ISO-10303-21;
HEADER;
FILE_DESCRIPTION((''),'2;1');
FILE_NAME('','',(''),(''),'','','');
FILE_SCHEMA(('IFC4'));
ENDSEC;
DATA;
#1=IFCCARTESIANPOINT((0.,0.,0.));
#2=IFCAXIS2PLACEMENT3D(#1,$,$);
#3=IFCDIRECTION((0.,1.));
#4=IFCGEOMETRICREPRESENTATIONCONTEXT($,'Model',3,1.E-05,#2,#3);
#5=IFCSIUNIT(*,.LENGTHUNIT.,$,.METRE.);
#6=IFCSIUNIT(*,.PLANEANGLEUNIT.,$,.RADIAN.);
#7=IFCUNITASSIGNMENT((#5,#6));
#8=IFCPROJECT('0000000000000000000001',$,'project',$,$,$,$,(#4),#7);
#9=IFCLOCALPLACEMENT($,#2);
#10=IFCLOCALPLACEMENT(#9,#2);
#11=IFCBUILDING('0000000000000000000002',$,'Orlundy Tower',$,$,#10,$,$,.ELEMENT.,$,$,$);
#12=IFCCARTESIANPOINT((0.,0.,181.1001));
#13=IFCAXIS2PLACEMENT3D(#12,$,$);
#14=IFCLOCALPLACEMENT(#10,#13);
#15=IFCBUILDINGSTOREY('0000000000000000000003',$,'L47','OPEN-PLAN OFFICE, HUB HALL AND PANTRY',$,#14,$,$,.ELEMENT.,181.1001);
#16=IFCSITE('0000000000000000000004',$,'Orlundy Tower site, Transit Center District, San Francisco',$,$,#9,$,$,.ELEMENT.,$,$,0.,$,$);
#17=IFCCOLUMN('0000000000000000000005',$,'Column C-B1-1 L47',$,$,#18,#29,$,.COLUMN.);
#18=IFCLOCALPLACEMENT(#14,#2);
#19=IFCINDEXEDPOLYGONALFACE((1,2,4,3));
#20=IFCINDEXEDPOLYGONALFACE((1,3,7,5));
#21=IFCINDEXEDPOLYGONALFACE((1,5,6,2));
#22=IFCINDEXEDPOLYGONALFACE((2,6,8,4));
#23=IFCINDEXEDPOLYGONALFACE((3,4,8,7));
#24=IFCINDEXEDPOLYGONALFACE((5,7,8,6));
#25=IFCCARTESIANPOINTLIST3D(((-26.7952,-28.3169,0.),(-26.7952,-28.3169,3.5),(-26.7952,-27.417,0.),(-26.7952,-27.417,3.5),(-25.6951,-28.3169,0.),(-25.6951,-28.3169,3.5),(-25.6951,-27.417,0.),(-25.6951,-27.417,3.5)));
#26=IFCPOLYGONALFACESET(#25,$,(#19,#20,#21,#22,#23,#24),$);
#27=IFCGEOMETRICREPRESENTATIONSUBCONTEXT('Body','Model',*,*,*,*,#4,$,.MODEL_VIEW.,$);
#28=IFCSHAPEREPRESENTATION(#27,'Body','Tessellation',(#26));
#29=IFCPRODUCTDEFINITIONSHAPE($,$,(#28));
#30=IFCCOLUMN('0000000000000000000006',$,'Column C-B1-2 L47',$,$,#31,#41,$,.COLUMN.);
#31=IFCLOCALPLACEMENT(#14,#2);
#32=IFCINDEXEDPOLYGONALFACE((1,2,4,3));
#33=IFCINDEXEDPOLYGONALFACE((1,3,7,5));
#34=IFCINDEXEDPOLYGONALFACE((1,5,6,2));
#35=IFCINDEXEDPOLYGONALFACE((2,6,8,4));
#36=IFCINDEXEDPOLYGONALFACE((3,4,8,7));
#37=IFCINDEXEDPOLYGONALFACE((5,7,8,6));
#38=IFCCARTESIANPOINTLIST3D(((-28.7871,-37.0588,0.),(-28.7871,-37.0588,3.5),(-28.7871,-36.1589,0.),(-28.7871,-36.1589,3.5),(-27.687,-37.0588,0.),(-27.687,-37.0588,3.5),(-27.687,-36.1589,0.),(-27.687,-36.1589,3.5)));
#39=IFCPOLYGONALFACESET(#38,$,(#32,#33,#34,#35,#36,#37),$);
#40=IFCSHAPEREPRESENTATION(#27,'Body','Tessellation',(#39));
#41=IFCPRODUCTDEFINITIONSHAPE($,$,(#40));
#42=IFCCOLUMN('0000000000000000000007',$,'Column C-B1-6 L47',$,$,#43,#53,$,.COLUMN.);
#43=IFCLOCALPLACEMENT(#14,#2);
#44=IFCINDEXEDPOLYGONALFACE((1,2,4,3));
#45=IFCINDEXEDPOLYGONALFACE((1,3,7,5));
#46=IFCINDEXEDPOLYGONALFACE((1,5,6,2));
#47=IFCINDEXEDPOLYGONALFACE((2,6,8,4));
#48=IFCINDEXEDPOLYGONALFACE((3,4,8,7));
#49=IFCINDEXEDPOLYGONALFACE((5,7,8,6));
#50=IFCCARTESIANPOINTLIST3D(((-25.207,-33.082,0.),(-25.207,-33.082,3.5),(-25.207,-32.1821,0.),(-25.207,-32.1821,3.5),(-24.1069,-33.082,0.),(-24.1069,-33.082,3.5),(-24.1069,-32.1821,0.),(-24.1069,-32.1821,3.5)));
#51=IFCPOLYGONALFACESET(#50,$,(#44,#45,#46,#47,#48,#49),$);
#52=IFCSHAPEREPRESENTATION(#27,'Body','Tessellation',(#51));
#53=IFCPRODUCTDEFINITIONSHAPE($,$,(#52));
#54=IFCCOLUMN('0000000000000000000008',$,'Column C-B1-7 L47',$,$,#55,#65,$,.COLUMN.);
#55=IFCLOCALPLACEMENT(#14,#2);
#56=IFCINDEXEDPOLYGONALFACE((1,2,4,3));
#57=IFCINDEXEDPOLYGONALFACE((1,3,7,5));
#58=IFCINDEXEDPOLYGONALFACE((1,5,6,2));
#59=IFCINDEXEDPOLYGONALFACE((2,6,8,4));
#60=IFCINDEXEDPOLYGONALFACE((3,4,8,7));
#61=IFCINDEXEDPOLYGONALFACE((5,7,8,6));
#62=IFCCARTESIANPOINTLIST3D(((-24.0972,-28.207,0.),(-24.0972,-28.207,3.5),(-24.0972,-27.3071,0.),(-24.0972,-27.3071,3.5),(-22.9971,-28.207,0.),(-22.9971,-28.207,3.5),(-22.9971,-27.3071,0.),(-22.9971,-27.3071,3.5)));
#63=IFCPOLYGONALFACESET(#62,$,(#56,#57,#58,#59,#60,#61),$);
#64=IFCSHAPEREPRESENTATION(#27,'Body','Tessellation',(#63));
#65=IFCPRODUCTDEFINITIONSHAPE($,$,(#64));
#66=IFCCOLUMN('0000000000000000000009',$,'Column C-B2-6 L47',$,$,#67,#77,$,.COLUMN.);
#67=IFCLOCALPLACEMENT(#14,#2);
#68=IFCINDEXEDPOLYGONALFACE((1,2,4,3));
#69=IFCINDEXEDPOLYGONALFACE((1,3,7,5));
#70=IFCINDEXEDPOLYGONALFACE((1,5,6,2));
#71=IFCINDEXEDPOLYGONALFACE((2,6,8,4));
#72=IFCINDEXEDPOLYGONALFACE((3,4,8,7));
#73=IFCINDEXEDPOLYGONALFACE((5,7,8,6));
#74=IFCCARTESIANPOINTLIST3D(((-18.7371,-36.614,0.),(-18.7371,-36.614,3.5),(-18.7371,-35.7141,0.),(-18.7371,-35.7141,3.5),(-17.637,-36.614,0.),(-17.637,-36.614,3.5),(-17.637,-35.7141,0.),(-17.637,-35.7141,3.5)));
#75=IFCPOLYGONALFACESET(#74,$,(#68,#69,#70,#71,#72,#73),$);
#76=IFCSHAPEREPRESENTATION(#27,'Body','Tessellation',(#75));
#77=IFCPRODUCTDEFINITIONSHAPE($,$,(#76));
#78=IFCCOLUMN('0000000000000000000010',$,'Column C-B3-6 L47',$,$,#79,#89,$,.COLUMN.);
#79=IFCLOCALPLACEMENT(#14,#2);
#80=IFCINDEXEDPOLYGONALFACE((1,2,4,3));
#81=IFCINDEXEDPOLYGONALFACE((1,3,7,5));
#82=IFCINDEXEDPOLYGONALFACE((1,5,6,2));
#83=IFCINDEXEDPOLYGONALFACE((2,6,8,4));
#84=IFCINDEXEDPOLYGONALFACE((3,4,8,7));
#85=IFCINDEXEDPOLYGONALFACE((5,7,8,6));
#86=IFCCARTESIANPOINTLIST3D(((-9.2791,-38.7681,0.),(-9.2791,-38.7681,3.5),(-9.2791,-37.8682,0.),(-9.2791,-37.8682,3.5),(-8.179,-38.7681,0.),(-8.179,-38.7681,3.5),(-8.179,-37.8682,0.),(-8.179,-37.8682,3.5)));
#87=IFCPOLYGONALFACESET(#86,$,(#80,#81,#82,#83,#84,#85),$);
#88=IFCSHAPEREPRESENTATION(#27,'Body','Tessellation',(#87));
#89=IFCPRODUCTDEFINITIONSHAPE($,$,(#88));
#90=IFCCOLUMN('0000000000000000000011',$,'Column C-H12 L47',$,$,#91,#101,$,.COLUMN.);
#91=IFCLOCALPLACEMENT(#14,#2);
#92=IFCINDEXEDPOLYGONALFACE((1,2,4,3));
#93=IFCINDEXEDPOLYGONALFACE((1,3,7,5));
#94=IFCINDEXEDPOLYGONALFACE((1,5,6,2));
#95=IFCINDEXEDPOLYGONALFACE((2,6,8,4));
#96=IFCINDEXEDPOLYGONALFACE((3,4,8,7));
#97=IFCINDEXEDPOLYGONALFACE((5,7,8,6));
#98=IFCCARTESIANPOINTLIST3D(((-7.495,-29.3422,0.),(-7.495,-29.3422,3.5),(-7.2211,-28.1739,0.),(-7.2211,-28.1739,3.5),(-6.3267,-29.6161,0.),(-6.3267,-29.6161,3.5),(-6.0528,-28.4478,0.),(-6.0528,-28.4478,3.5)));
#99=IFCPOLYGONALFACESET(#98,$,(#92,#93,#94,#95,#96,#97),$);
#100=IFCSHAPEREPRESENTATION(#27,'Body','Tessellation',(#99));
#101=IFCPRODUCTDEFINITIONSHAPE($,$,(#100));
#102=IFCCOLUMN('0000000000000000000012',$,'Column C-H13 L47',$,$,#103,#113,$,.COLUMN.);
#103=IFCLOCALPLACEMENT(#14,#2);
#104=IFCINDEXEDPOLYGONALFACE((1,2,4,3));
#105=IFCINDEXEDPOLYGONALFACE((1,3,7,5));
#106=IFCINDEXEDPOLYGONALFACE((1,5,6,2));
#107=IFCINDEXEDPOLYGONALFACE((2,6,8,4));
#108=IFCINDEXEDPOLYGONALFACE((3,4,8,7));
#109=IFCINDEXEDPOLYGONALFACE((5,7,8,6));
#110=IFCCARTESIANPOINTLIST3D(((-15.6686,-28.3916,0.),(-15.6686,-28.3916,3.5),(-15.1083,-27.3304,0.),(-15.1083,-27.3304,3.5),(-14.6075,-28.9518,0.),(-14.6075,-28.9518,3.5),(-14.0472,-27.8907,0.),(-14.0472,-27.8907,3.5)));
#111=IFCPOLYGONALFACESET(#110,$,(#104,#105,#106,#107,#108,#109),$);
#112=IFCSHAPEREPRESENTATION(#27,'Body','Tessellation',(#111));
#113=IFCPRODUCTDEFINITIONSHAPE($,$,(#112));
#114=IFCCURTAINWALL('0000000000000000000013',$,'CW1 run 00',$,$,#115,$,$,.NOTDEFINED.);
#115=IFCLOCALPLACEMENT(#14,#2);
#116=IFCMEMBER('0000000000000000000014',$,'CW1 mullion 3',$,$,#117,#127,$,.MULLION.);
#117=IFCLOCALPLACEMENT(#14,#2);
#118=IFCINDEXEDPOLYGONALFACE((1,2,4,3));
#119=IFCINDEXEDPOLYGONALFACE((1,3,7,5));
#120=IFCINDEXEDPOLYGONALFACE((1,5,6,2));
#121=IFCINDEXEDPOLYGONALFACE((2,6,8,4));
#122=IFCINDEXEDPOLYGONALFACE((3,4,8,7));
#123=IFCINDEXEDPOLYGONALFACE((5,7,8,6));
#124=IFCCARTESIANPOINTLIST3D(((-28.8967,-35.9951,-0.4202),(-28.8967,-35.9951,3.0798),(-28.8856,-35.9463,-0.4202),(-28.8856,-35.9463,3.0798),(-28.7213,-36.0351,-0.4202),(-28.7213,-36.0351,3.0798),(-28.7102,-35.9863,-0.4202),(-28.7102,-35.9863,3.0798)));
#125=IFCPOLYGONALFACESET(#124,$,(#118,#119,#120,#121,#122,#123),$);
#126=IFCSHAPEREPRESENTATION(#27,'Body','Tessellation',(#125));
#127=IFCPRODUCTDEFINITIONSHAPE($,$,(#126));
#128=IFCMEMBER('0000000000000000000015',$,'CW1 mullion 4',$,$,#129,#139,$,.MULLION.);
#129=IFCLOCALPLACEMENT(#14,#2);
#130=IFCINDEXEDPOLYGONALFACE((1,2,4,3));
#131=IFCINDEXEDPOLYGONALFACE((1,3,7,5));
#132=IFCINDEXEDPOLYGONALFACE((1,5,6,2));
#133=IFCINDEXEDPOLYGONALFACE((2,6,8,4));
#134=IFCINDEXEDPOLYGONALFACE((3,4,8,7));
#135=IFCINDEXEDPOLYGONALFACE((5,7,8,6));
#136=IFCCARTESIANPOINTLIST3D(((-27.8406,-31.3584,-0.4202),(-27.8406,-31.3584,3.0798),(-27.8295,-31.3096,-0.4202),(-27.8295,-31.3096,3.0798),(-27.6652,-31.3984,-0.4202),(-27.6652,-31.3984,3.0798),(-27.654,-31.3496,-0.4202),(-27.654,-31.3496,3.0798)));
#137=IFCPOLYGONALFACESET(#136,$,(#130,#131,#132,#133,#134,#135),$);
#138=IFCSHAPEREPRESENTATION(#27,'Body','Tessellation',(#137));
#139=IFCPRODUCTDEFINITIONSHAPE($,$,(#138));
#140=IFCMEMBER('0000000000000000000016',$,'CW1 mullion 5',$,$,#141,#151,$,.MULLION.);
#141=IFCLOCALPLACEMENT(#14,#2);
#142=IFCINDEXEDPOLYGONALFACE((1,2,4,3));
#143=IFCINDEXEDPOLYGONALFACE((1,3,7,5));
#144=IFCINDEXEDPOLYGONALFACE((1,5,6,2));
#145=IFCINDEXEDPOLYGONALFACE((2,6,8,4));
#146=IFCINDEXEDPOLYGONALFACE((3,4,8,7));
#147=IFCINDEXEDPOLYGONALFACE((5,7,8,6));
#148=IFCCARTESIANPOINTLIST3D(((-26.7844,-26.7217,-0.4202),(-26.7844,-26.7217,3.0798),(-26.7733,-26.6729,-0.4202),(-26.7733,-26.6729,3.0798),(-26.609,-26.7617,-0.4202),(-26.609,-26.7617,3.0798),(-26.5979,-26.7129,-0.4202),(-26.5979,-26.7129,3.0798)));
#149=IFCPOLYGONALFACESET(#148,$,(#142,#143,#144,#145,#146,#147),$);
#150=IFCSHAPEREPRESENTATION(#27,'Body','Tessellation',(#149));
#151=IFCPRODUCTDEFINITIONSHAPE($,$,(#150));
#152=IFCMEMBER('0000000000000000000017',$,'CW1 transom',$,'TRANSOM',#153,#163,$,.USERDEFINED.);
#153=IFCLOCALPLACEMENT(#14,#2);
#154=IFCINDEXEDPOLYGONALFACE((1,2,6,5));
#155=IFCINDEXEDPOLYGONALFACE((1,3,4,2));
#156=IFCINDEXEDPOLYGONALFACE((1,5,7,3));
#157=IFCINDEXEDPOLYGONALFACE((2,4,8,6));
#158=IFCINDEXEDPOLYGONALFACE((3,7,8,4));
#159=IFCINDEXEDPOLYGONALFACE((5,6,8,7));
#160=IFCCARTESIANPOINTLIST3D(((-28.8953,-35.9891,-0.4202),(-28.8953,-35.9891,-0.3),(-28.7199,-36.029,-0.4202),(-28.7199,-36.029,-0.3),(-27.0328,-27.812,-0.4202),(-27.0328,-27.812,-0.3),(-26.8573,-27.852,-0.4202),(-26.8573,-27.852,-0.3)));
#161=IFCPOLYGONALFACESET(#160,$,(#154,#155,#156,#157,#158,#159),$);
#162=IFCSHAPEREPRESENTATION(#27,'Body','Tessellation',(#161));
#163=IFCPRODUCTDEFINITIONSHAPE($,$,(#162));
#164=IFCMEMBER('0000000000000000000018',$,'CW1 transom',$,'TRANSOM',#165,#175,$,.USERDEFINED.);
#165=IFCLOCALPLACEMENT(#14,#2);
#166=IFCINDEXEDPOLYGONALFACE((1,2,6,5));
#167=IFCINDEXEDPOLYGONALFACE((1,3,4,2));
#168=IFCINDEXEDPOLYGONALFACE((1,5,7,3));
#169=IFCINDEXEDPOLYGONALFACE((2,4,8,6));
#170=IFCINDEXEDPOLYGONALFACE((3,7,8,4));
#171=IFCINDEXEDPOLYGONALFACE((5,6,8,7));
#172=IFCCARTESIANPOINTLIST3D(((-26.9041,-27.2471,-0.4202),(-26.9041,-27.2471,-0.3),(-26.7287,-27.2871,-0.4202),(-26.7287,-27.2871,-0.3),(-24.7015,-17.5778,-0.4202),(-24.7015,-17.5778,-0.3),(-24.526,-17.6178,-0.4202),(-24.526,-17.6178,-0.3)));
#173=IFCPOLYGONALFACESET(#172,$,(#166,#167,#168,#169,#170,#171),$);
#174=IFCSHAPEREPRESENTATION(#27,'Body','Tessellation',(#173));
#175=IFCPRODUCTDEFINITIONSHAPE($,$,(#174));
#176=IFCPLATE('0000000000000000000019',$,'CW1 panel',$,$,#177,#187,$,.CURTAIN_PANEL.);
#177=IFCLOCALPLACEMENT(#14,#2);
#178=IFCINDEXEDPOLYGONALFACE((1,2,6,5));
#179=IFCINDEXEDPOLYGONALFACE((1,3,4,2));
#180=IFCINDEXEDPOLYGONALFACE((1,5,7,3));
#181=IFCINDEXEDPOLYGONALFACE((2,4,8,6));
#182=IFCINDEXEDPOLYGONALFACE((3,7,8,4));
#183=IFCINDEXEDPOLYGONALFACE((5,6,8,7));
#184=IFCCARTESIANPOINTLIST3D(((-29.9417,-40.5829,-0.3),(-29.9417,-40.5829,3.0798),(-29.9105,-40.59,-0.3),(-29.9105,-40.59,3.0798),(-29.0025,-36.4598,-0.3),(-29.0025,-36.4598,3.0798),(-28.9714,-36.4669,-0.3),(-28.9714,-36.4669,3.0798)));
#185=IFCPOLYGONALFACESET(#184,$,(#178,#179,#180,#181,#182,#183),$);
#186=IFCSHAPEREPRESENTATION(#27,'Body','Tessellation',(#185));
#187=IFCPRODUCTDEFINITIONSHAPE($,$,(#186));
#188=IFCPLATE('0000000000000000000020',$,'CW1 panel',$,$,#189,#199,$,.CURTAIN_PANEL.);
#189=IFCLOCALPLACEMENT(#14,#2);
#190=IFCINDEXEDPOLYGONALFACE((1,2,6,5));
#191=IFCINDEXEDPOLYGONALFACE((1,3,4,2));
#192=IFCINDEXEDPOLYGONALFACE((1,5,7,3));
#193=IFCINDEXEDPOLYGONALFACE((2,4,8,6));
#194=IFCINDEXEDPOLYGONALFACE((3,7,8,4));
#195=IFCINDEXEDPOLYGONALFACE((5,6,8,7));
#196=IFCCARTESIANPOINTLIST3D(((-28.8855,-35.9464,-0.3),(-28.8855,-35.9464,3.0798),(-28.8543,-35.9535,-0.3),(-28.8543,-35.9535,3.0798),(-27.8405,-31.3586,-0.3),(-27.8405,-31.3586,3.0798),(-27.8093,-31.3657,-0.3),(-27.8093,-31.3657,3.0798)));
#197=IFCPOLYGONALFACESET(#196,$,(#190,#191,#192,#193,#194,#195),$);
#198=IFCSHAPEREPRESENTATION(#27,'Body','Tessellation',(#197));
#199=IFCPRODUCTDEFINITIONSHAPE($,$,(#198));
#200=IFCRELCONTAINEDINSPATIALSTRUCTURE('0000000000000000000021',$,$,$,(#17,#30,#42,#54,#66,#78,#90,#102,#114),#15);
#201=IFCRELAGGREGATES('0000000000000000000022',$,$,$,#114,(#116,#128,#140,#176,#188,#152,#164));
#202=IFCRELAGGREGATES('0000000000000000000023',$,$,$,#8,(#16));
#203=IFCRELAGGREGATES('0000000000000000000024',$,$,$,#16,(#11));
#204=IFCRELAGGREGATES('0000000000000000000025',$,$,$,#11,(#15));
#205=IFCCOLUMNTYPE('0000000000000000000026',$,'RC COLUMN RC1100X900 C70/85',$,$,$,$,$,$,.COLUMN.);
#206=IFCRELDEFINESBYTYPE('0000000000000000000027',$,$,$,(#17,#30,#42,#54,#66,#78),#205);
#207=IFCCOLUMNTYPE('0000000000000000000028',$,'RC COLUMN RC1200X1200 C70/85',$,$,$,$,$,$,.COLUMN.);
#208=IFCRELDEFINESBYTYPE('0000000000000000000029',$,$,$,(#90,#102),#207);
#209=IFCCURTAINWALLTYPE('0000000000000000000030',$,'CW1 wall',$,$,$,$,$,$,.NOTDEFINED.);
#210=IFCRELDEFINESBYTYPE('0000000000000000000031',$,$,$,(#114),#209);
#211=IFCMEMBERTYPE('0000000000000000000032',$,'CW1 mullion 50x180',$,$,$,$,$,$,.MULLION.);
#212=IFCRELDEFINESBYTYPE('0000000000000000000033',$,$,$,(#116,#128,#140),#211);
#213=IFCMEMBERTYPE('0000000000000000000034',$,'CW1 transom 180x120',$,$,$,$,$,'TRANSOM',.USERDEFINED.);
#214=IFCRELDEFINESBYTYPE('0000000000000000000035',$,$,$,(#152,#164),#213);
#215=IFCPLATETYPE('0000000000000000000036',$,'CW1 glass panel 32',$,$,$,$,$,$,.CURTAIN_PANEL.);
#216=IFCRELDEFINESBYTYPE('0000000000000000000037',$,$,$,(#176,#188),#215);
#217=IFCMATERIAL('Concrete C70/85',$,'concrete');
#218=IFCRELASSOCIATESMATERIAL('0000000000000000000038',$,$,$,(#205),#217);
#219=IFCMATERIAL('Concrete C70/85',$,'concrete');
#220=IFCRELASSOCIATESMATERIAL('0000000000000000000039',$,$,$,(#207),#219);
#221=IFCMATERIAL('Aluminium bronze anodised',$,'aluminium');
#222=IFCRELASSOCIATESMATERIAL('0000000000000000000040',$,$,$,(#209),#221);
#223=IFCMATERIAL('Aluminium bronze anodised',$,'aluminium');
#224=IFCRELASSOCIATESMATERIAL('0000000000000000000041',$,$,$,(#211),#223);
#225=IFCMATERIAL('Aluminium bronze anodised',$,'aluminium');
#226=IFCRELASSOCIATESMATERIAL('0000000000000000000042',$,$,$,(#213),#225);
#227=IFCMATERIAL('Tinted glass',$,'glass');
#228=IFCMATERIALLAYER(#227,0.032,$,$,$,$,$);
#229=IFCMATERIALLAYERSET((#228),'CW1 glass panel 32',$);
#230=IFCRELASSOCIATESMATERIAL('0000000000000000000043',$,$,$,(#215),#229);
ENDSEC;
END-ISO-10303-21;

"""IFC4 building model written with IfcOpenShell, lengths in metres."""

from ifc_helpers import new_model, si_unit, direction, frame, origin, origin_2d, place, context, subcontext, project, spatial, rectangle, extrude, material, layer, layer_set, material_profile, profile_set, type_object, element, aggregate, save


model = new_model("IFC4")

# Units and contexts
model_context = context("Model", 3, precision=1e-05, world=origin(), true_north=direction((0.0, 1.0)))
body_context = subcontext(model_context, "Body", "Model", "MODEL_VIEW")
ifc_project = project(units=[si_unit("LENGTHUNIT", "METRE"), si_unit("PLANEANGLEUNIT", "RADIAN")], contexts=[model_context])

# Site, building, storey
site_placement = place(None, origin())
site = spatial("IfcSite", under=ifc_project, at=site_placement, Name="Orlundy Tower site, Transit Center District, San Francisco", CompositionType="ELEMENT", RefElevation=0.0)
building_placement = place(site_placement, origin())
building = spatial("IfcBuilding", under=site, at=building_placement, Name="Orlundy Tower", CompositionType="ELEMENT")
storey_placement = place(building_placement, frame((0.0, 0.0, 181.1001)))
storey = spatial("IfcBuildingStorey", under=building, at=storey_placement, Name="L47", Description="OPEN-PLAN OFFICE, HUB HALL AND PANTRY", CompositionType="ELEMENT", Elevation=181.1001)

# Columns
ifc_material_1 = material(Name="Concrete C70/85", Category="concrete")
ifc_material_profile_1 = material_profile(ifc_material_1, rectangle(XDim=1.1001, YDim=0.8999, at=origin_2d()), Name="RC1100X900")
ifc_profile_set_1 = profile_set([ifc_material_profile_1], Name="Concrete C70/85")
column_type_1 = type_object("IfcColumnType", Name="RC COLUMN RC1100X900 C70/85", PredefinedType="COLUMN", material=ifc_profile_set_1)
for number, where, z_axis, x_axis, name in (
    (1, (-26.2451, -27.8669, 0.0), (0.0, 0.0, 1.0), (1.0, 0.0, 0.0), "Column C-B1-1 L47"),
    (2, (-28.2371, -36.6089, 0.0), (0.0, 0.0, 1.0), (1.0, 0.0, 0.0), "Column C-B1-2 L47"),
    (3, (-24.657, -32.6321, 0.0), (0.0, 0.0, 1.0), (1.0, 0.0, 0.0), "Column C-B1-6 L47"),
    (4, (-23.5471, -27.7571, 0.0), (0.0, 0.0, 1.0), (1.0, 0.0, 0.0), "Column C-B1-7 L47"),
    (5, (-18.187, -36.1641, 0.0), (0.0, 0.0, 1.0), (1.0, 0.0, 0.0), "Column C-B2-6 L47"),
    (6, (-8.729, -38.3181, 0.0), (0.0, 0.0, 1.0), (1.0, 0.0, 0.0), "Column C-B3-6 L47"),
):
    element("IfcColumn", number, at=place(storey_placement, frame(where, z_axis=z_axis, x_axis=x_axis)), inside=storey, type_object=column_type_1, Name=name, PredefinedType="COLUMN", context=body_context, shape_type="SweptSolid", body=[
        extrude(rectangle(XDim=1.1001, YDim=0.8999, at=origin_2d()), origin(), (0.0, 0.0, 1.0), 3.5),
    ])
ifc_material_2 = material(Name="Concrete C70/85", Category="concrete")
ifc_material_profile_2 = material_profile(ifc_material_2, rectangle(XDim=1.2, YDim=1.2, at=origin_2d()), Name="RC1200X1200")
ifc_profile_set_2 = profile_set([ifc_material_profile_2], Name="Concrete C70/85")
column_type_2 = type_object("IfcColumnType", Name="RC COLUMN RC1200X1200 C70/85", PredefinedType="COLUMN", material=ifc_profile_set_2)
for number, where, z_axis, x_axis, name in (
    (7, (-6.7739, -28.895, 0.0), (0.0, 0.0, 1.0), (-0.228249, -0.973603, 0.0), "Column C-H12 L47"),
    (8, (-14.8579, -28.1411, 0.0), (0.0, 0.0, 1.0), (-0.466896, -0.884312, 0.0), "Column C-H13 L47"),
):
    element("IfcColumn", number, at=place(storey_placement, frame(where, z_axis=z_axis, x_axis=x_axis)), inside=storey, type_object=column_type_2, Name=name, PredefinedType="COLUMN", context=body_context, shape_type="SweptSolid", body=[
        extrude(rectangle(XDim=1.2, YDim=1.2, at=origin_2d()), origin(), (0.0, 0.0, 1.0), 3.5),
    ])

# Curtain wall, members, plates
ifc_material_3 = material(Name="Aluminium bronze anodised", Category="aluminium")
curtain_wall_type = type_object("IfcCurtainWallType", Name="CW1 wall", PredefinedType="NOTDEFINED", material=ifc_material_3)
curtain_wall_placement = place(storey_placement, origin())
curtain_wall = element("IfcCurtainWall", 9, at=curtain_wall_placement, inside=storey, type_object=curtain_wall_type, Name="CW1 run 00", PredefinedType="NOTDEFINED")
ifc_material_4 = material(Name="Aluminium bronze anodised", Category="aluminium")
ifc_material_profile_3 = material_profile(ifc_material_4, rectangle(XDim=0.1799, YDim=0.05, at=origin_2d()), Name="CW1 mullion 50x180")
ifc_profile_set_3 = profile_set([ifc_material_profile_3], Name="Aluminium bronze anodised")
member_type_1 = type_object("IfcMemberType", Name="CW1 mullion 50x180", PredefinedType="MULLION", material=ifc_profile_set_3)
member_1_placement = place(storey_placement, frame((-28.8035, -35.9907, -0.4202), z_axis=(0.0, 0.0, 1.0), x_axis=(-0.975025, 0.222097, 0.0)))
member_1 = element("IfcMember", 10, at=member_1_placement, type_object=member_type_1, Name="CW1 mullion 3", PredefinedType="MULLION", context=body_context, shape_type="SweptSolid", body=[
    extrude(rectangle(XDim=0.1799, YDim=0.05, at=origin_2d()), origin(), (0.0, 0.0, 1.0), 3.5),
])
member_2_placement = place(storey_placement, frame((-27.7473, -31.354, -0.4202), z_axis=(0.0, 0.0, 1.0), x_axis=(-0.975025, 0.222097, 0.0)))
member_2 = element("IfcMember", 11, at=member_2_placement, type_object=member_type_1, Name="CW1 mullion 4", PredefinedType="MULLION", context=body_context, shape_type="SweptSolid", body=[
    extrude(rectangle(XDim=0.1799, YDim=0.05, at=origin_2d()), origin(), (0.0, 0.0, 1.0), 3.5),
])
member_3_placement = place(storey_placement, frame((-26.6912, -26.7173, -0.4202), z_axis=(0.0, 0.0, 1.0), x_axis=(-0.975025, 0.222097, 0.0)))
member_3 = element("IfcMember", 12, at=member_3_placement, type_object=member_type_1, Name="CW1 mullion 5", PredefinedType="MULLION", context=body_context, shape_type="SweptSolid", body=[
    extrude(rectangle(XDim=0.1799, YDim=0.05, at=origin_2d()), origin(), (0.0, 0.0, 1.0), 3.5),
])
ifc_material_5 = material(Name="Aluminium bronze anodised", Category="aluminium")
ifc_material_profile_4 = material_profile(ifc_material_5, rectangle(XDim=0.1799, YDim=0.1201, at=origin_2d()), Name="CW1 transom 180x120")
ifc_profile_set_4 = profile_set([ifc_material_profile_4], Name="Aluminium bronze anodised")
member_type_2 = type_object("IfcMemberType", Name="CW1 transom 180x120", ElementType="TRANSOM", PredefinedType="USERDEFINED", material=ifc_profile_set_4)
member_4_placement = place(storey_placement, frame((-28.8076, -36.009, -0.3601), z_axis=(0.22209, 0.975026, 0.0), x_axis=(-0.975026, 0.22209, 0.0)))
member_4 = element("IfcMember", 13, at=member_4_placement, type_object=member_type_2, Name="CW1 transom", ObjectType="TRANSOM", PredefinedType="USERDEFINED", context=body_context, shape_type="SweptSolid", body=[
    extrude(rectangle(XDim=0.1799, YDim=0.1201, at=origin_2d()), origin(), (0.0, 0.0, 1.0), 8.3865),
])
member_5_placement = place(storey_placement, frame((-26.8164, -27.2671, -0.3601), z_axis=(0.222109, 0.975022, 0.0), x_axis=(-0.975022, 0.222109, 0.0)))
member_5 = element("IfcMember", 14, at=member_5_placement, type_object=member_type_2, Name="CW1 transom", ObjectType="TRANSOM", PredefinedType="USERDEFINED", context=body_context, shape_type="SweptSolid", body=[
    extrude(rectangle(XDim=0.1799, YDim=0.1201, at=origin_2d()), origin(), (0.0, 0.0, 1.0), 9.917),
])
ifc_material_6 = material(Name="Tinted glass", Category="glass")
ifc_layer_1 = layer(ifc_material_6, 0.032)
ifc_layer_set_1 = layer_set([ifc_layer_1], Name="CW1 glass panel 32")
plate_type = type_object("IfcPlateType", Name="CW1 glass panel 32", PredefinedType="CURTAIN_PANEL", material=ifc_layer_set_1)
plate_1_placement = place(storey_placement, frame((-29.4565, -38.5249, -0.3), z_axis=(0.0, 0.0, 1.0), x_axis=(0.222097, 0.975025, 0.0)))
plate_1 = element("IfcPlate", 15, at=plate_1_placement, type_object=plate_type, Name="CW1 panel", PredefinedType="CURTAIN_PANEL", context=body_context, shape_type="SweptSolid", body=[
    extrude(rectangle(XDim=4.2288, YDim=0.032, at=origin_2d()), origin(), (0.0, 0.0, 1.0), 3.3799),
])
plate_2_placement = place(storey_placement, frame((-28.3474, -33.656, -0.3), z_axis=(0.0, 0.0, 1.0), x_axis=(0.222097, 0.975025, 0.0)))
plate_2 = element("IfcPlate", 16, at=plate_2_placement, type_object=plate_type, Name="CW1 panel", PredefinedType="CURTAIN_PANEL", context=body_context, shape_type="SweptSolid", body=[
    extrude(rectangle(XDim=4.7053, YDim=0.032, at=origin_2d()), origin(), (0.0, 0.0, 1.0), 3.3799),
])
aggregate(curtain_wall, [member_1, member_2, member_3, plate_1, plate_2, member_4, member_5])

save(model, "model.ifc")
